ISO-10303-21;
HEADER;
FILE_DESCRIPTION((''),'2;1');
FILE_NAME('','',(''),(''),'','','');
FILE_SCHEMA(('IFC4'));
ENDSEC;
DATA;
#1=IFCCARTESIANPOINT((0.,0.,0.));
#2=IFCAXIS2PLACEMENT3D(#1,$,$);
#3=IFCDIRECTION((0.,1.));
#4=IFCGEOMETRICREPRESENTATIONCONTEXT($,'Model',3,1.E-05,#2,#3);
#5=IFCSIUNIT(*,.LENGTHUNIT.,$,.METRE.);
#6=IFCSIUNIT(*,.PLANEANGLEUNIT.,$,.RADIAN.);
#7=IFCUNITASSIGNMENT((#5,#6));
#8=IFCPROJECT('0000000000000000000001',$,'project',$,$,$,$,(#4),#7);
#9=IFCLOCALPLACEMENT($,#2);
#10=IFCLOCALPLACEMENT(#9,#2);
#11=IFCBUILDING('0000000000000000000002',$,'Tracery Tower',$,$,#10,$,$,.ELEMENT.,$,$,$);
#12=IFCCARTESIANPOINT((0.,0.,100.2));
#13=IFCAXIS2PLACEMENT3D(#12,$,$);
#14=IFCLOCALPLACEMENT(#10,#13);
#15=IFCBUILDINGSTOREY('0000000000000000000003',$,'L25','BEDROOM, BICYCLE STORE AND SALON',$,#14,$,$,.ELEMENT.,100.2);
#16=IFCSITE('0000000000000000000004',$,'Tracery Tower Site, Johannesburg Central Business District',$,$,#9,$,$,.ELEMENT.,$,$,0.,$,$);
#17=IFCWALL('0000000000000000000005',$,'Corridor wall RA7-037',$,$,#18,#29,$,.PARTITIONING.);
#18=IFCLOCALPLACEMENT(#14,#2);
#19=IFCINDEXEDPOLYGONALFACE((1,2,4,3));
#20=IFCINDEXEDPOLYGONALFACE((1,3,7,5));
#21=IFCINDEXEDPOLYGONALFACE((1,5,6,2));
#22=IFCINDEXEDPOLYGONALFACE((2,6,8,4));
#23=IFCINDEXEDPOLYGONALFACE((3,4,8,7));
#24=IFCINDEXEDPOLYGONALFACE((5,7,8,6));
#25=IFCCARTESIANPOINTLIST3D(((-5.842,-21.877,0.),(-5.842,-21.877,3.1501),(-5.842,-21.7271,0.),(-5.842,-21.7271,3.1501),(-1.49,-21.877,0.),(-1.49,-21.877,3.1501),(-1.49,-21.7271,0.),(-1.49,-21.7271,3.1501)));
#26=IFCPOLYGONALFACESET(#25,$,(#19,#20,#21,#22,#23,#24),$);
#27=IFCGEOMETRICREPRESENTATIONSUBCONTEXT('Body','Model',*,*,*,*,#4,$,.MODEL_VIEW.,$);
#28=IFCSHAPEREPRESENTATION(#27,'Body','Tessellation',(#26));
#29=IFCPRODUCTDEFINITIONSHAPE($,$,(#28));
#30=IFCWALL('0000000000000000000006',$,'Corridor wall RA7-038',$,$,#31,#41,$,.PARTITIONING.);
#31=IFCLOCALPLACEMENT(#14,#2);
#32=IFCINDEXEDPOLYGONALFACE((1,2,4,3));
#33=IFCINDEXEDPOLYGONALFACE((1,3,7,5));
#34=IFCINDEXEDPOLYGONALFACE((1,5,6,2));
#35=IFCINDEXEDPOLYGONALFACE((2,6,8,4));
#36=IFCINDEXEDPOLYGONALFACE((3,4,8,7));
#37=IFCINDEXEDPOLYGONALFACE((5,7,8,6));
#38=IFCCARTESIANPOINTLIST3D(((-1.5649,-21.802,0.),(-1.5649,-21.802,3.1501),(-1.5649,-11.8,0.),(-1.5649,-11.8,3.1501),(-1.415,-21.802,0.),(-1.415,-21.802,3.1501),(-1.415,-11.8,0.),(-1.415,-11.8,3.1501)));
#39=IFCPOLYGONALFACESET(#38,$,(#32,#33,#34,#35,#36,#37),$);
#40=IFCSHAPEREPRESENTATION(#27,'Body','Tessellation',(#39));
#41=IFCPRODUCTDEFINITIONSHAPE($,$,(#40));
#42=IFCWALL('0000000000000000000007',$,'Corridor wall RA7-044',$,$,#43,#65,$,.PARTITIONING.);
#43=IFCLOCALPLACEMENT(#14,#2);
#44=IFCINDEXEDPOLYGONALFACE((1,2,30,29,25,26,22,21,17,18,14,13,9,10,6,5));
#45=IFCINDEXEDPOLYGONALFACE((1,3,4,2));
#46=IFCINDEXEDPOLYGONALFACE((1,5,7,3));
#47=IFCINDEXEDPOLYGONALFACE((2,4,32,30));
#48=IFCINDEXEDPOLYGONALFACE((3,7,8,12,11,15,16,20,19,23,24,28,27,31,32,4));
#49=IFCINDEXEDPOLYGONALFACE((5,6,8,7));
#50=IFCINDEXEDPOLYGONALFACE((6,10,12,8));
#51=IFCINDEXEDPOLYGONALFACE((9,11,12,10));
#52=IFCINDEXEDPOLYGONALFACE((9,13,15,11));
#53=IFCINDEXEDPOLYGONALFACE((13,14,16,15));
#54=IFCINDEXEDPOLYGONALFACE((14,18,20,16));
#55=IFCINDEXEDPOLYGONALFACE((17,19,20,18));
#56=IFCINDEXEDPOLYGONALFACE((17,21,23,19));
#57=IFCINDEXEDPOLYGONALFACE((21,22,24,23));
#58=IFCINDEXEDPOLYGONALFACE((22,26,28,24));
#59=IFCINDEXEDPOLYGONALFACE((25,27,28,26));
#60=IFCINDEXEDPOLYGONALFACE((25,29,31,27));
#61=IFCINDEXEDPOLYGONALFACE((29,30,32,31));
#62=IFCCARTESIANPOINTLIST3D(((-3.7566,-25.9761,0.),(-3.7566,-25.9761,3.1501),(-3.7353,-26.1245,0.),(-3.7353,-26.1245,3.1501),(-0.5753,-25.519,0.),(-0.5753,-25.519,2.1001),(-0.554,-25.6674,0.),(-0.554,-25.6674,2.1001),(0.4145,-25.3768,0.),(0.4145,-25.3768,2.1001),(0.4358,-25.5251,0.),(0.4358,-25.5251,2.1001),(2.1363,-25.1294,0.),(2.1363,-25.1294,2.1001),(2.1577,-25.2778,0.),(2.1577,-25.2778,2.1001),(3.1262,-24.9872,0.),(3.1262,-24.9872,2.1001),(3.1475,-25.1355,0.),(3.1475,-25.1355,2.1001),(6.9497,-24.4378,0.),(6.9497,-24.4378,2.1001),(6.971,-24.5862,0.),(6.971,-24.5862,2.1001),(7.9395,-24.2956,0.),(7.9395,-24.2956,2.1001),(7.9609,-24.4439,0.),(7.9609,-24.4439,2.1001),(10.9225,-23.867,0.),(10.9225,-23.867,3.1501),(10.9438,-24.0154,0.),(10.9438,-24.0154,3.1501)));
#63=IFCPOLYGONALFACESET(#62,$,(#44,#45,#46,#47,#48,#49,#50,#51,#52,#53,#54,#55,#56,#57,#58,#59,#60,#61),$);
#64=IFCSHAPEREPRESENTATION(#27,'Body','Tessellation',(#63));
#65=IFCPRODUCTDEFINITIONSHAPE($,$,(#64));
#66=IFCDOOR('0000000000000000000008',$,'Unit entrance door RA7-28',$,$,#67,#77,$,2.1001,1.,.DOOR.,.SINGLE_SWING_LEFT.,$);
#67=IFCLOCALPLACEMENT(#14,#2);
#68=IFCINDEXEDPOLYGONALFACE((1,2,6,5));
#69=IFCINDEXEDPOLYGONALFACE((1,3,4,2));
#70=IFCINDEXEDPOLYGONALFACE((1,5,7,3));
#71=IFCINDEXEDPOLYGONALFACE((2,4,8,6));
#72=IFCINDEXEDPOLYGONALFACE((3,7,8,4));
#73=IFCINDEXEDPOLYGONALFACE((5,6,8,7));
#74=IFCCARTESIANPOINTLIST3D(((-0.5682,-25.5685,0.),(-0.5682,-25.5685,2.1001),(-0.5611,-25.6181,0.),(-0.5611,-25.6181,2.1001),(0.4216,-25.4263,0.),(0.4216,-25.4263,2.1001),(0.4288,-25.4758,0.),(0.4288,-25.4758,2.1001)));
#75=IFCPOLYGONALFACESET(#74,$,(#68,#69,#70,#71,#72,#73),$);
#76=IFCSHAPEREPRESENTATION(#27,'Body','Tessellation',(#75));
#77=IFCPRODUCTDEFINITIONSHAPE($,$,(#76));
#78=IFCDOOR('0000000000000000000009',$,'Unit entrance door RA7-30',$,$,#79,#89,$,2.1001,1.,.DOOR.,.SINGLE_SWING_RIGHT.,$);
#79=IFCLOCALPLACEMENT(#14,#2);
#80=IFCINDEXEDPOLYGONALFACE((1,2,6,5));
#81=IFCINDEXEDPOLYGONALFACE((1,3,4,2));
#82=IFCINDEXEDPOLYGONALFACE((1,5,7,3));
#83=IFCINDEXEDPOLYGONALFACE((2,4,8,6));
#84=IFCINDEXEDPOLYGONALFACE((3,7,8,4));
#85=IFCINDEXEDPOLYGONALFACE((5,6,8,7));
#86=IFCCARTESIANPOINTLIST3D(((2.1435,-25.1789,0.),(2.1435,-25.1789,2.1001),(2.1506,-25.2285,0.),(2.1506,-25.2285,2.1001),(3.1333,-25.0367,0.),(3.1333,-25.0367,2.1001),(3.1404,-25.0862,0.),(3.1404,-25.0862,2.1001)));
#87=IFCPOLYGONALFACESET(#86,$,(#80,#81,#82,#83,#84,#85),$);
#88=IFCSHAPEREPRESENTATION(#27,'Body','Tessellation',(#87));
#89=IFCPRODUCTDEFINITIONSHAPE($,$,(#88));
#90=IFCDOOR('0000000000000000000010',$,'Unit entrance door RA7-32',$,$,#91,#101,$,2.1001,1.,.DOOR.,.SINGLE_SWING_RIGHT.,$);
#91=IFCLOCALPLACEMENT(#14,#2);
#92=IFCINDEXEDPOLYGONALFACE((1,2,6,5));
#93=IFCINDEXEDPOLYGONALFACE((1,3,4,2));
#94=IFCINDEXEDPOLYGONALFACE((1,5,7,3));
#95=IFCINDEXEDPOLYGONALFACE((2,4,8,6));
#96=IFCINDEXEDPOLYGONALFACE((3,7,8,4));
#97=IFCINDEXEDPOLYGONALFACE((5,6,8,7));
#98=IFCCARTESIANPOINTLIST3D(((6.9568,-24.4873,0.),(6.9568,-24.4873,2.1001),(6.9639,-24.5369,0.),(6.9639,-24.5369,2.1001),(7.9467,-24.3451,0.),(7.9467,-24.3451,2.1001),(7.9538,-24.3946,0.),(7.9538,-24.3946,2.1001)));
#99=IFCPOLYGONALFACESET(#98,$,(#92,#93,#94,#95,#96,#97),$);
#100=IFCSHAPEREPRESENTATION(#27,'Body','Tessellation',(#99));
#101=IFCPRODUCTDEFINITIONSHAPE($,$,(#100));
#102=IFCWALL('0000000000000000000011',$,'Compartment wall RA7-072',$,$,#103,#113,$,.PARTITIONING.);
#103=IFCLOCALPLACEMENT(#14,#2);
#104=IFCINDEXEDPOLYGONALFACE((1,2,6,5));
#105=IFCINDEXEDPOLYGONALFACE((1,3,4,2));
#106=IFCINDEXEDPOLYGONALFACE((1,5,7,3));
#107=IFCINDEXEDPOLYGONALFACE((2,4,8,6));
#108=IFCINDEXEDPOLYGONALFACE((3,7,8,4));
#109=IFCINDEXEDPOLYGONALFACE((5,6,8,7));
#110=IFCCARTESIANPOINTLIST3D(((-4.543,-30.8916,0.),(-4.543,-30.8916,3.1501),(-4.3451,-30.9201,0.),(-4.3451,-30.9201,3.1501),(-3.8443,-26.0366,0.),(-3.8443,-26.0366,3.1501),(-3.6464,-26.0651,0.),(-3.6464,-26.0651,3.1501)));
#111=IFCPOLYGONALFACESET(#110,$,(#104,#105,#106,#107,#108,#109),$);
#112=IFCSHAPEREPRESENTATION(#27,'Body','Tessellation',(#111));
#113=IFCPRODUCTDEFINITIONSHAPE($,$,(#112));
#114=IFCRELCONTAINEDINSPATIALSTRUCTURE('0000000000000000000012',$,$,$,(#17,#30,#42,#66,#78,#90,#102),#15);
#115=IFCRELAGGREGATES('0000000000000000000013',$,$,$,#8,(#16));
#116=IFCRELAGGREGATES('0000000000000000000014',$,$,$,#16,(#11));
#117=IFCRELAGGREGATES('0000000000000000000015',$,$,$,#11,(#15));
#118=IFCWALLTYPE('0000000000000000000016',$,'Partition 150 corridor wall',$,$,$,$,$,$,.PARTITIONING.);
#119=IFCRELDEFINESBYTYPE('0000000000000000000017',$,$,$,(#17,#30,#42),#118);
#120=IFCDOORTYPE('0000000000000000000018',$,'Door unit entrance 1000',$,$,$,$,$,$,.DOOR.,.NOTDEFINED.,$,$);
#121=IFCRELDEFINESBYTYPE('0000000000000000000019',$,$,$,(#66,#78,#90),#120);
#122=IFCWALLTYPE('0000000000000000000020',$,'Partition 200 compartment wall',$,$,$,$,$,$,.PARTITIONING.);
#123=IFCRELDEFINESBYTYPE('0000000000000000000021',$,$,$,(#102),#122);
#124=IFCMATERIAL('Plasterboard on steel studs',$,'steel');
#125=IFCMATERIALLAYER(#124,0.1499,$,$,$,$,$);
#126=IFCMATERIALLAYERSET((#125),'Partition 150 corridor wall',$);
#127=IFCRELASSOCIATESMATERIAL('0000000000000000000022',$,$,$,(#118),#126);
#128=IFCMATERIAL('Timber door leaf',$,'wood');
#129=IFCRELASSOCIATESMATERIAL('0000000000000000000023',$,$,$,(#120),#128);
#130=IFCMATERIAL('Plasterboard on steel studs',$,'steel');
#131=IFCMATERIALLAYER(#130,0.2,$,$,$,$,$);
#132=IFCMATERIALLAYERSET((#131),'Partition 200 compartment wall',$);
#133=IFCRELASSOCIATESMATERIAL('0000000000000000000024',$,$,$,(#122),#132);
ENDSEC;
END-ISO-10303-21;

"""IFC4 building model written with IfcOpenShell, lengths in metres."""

from ifc_helpers import new_model, si_unit, direction, frame, frame_2d, origin, place, context, subcontext, project, spatial, rectangle, extrude, material, layer, layer_set, type_object, element, fill, save


model = new_model("IFC4")

# Units and contexts
model_context = context("Model", 3, precision=1e-05, world=origin(), true_north=direction((0.0, 1.0)))
body_context = subcontext(model_context, "Body", "Model", "MODEL_VIEW")
ifc_project = project(units=[si_unit("LENGTHUNIT", "METRE"), si_unit("PLANEANGLEUNIT", "RADIAN")], contexts=[model_context])

# Site, building, storey
site_placement = place(None, origin())
site = spatial("IfcSite", under=ifc_project, at=site_placement, Name="Tracery Tower Site, Johannesburg Central Business District", CompositionType="ELEMENT", RefElevation=0.0)
building_placement = place(site_placement, origin())
building = spatial("IfcBuilding", under=site, at=building_placement, Name="Tracery Tower", CompositionType="ELEMENT")
storey_placement = place(building_placement, frame((0.0, 0.0, 100.2)))
storey = spatial("IfcBuildingStorey", under=building, at=storey_placement, Name="L25", Description="BEDROOM, BICYCLE STORE AND SALON", CompositionType="ELEMENT", Elevation=100.2)

# Walls
ifc_material_1 = material(Name="Plasterboard on steel studs", Category="steel")
ifc_layer_1 = layer(ifc_material_1, 0.1499)
ifc_layer_set_1 = layer_set([ifc_layer_1], Name="Partition 150 corridor wall")
wall_type_1 = type_object("IfcWallType", Name="Partition 150 corridor wall", PredefinedType="PARTITIONING", material=ifc_layer_set_1)
wall_1_placement = place(storey_placement, frame((-5.842, -21.802, 0.0), z_axis=(0.0, 0.0, 1.0), x_axis=(1.0, 0.0, 0.0)))
element("IfcWall", 1, at=wall_1_placement, inside=storey, type_object=wall_type_1, Name="Corridor wall RA7-037", PredefinedType="PARTITIONING", context=body_context, shape_type="SweptSolid", body=[
    extrude(rectangle(XDim=4.3521, YDim=0.1499, at=frame_2d((2.176, 0.0))), origin(), (0.0, 0.0, 1.0), 3.1501),
])
wall_2_placement = place(storey_placement, frame((-1.49, -21.802, 0.0), z_axis=(0.0, 0.0, 1.0), x_axis=(0.0, 1.0, 0.0)))
element("IfcWall", 2, at=wall_2_placement, inside=storey, type_object=wall_type_1, Name="Corridor wall RA7-038", PredefinedType="PARTITIONING", context=body_context, shape_type="SweptSolid", body=[
    extrude(rectangle(XDim=10.002, YDim=0.1499, at=frame_2d((5.001, 0.0))), origin(), (0.0, 0.0, 1.0), 3.1501),
])

# Wall, openings, doors
wall_3_placement = place(storey_placement, frame((-3.7461, -26.0503, 0.0), z_axis=(0.0, 0.0, 1.0), x_axis=(0.989835, 0.142221, 0.0)))
wall_3 = element("IfcWall", 3, at=wall_3_placement, inside=storey, type_object=wall_type_1, Name="Corridor wall RA7-044", PredefinedType="PARTITIONING", context=body_context, shape_type="SweptSolid", body=[
    extrude(rectangle(XDim=14.8298, YDim=0.1499, at=frame_2d((7.415, 0.0))), origin(), (0.0, 0.0, 1.0), 3.1501),
])
opening_1_placement = place(wall_3_placement, frame((3.2141, 0.0, 0.0)))
opening_1 = element("IfcOpeningElement", 4, at=opening_1_placement, cuts=wall_3, PredefinedType="OPENING", context=body_context, shape_type="SweptSolid", body=[
    extrude(rectangle(XDim=1.0, YDim=2.1001, at=frame_2d((0.5, 1.05))), frame((0.0, 0.075, 0.0), z_axis=(0.0, -1.0, 0.0), x_axis=(1.0, 0.0, 0.0)), (0.0, 0.0, 1.0), 0.1499),
])
opening_2_placement = place(wall_3_placement, frame((5.9536, 0.0, 0.0)))
opening_2 = element("IfcOpeningElement", 5, at=opening_2_placement, cuts=wall_3, PredefinedType="OPENING", context=body_context, shape_type="SweptSolid", body=[
    extrude(rectangle(XDim=1.0, YDim=2.1001, at=frame_2d((0.5, 1.05))), frame((0.0, 0.075, 0.0), z_axis=(0.0, -1.0, 0.0), x_axis=(1.0, 0.0, 0.0)), (0.0, 0.0, 1.0), 0.1499),
])
opening_3_placement = place(wall_3_placement, frame((10.8164, 0.0, 0.0)))
opening_3 = element("IfcOpeningElement", 6, at=opening_3_placement, cuts=wall_3, PredefinedType="OPENING", context=body_context, shape_type="SweptSolid", body=[
    extrude(rectangle(XDim=1.0, YDim=2.1001, at=frame_2d((0.5, 1.05))), frame((0.0, 0.075, 0.0), z_axis=(0.0, -1.0, 0.0), x_axis=(1.0, 0.0, 0.0)), (0.0, 0.0, 1.0), 0.1499),
])
ifc_material_2 = material(Name="Timber door leaf", Category="wood")
door_type_1 = type_object("IfcDoorType", Name="Door unit entrance 1000", OperationType="NOTDEFINED", PredefinedType="DOOR", material=ifc_material_2)
door_1_placement = place(opening_1_placement, origin())
door_1 = element("IfcDoor", 7, at=door_1_placement, inside=storey, type_object=door_type_1, Name="Unit entrance door RA7-28", OperationType="SINGLE_SWING_LEFT", OverallHeight=2.1001, OverallWidth=1.0, PredefinedType="DOOR", context=body_context, shape_type="SweptSolid", body=[
    extrude(rectangle(XDim=1.0, YDim=2.1001, at=frame_2d((0.5, 1.05))), frame((0.0, 0.0249, 0.0), z_axis=(0.0, -1.0, 0.0), x_axis=(1.0, 0.0, 0.0)), (0.0, 0.0, 1.0), 0.05),
])
fill(opening_1, door_1)
door_2_placement = place(opening_2_placement, origin())
door_2 = element("IfcDoor", 8, at=door_2_placement, inside=storey, type_object=door_type_1, Name="Unit entrance door RA7-30", OperationType="SINGLE_SWING_RIGHT", OverallHeight=2.1001, OverallWidth=1.0, PredefinedType="DOOR", context=body_context, shape_type="SweptSolid", body=[
    extrude(rectangle(XDim=1.0, YDim=2.1001, at=frame_2d((0.5, 1.05))), frame((0.0, 0.0249, 0.0), z_axis=(0.0, -1.0, 0.0), x_axis=(1.0, 0.0, 0.0)), (0.0, 0.0, 1.0), 0.05),
])
fill(opening_2, door_2)
door_3_placement = place(opening_3_placement, origin())
door_3 = element("IfcDoor", 9, at=door_3_placement, inside=storey, type_object=door_type_1, Name="Unit entrance door RA7-32", OperationType="SINGLE_SWING_RIGHT", OverallHeight=2.1001, OverallWidth=1.0, PredefinedType="DOOR", context=body_context, shape_type="SweptSolid", body=[
    extrude(rectangle(XDim=1.0, YDim=2.1001, at=frame_2d((0.5, 1.05))), frame((0.0, 0.0249, 0.0), z_axis=(0.0, -1.0, 0.0), x_axis=(1.0, 0.0, 0.0)), (0.0, 0.0, 1.0), 0.05),
])
fill(opening_3, door_3)

# Wall
ifc_material_3 = material(Name="Plasterboard on steel studs", Category="steel")
ifc_layer_2 = layer(ifc_material_3, 0.2)
ifc_layer_set_2 = layer_set([ifc_layer_2], Name="Partition 200 compartment wall")
wall_type_2 = type_object("IfcWallType", Name="Partition 200 compartment wall", PredefinedType="PARTITIONING", material=ifc_layer_set_2)
wall_4_placement = place(storey_placement, frame((-4.4441, -30.906, 0.0), z_axis=(0.0, 0.0, 1.0), x_axis=(0.142453, 0.989802, 0.0)))
element("IfcWall", 10, at=wall_4_placement, inside=storey, type_object=wall_type_2, Name="Compartment wall RA7-072", PredefinedType="PARTITIONING", context=body_context, shape_type="SweptSolid", body=[
    extrude(rectangle(XDim=4.905, YDim=0.2, at=frame_2d((2.4526, 0.0))), origin(), (0.0, 0.0, 1.0), 3.1501),
])

save(model, "model.ifc")
